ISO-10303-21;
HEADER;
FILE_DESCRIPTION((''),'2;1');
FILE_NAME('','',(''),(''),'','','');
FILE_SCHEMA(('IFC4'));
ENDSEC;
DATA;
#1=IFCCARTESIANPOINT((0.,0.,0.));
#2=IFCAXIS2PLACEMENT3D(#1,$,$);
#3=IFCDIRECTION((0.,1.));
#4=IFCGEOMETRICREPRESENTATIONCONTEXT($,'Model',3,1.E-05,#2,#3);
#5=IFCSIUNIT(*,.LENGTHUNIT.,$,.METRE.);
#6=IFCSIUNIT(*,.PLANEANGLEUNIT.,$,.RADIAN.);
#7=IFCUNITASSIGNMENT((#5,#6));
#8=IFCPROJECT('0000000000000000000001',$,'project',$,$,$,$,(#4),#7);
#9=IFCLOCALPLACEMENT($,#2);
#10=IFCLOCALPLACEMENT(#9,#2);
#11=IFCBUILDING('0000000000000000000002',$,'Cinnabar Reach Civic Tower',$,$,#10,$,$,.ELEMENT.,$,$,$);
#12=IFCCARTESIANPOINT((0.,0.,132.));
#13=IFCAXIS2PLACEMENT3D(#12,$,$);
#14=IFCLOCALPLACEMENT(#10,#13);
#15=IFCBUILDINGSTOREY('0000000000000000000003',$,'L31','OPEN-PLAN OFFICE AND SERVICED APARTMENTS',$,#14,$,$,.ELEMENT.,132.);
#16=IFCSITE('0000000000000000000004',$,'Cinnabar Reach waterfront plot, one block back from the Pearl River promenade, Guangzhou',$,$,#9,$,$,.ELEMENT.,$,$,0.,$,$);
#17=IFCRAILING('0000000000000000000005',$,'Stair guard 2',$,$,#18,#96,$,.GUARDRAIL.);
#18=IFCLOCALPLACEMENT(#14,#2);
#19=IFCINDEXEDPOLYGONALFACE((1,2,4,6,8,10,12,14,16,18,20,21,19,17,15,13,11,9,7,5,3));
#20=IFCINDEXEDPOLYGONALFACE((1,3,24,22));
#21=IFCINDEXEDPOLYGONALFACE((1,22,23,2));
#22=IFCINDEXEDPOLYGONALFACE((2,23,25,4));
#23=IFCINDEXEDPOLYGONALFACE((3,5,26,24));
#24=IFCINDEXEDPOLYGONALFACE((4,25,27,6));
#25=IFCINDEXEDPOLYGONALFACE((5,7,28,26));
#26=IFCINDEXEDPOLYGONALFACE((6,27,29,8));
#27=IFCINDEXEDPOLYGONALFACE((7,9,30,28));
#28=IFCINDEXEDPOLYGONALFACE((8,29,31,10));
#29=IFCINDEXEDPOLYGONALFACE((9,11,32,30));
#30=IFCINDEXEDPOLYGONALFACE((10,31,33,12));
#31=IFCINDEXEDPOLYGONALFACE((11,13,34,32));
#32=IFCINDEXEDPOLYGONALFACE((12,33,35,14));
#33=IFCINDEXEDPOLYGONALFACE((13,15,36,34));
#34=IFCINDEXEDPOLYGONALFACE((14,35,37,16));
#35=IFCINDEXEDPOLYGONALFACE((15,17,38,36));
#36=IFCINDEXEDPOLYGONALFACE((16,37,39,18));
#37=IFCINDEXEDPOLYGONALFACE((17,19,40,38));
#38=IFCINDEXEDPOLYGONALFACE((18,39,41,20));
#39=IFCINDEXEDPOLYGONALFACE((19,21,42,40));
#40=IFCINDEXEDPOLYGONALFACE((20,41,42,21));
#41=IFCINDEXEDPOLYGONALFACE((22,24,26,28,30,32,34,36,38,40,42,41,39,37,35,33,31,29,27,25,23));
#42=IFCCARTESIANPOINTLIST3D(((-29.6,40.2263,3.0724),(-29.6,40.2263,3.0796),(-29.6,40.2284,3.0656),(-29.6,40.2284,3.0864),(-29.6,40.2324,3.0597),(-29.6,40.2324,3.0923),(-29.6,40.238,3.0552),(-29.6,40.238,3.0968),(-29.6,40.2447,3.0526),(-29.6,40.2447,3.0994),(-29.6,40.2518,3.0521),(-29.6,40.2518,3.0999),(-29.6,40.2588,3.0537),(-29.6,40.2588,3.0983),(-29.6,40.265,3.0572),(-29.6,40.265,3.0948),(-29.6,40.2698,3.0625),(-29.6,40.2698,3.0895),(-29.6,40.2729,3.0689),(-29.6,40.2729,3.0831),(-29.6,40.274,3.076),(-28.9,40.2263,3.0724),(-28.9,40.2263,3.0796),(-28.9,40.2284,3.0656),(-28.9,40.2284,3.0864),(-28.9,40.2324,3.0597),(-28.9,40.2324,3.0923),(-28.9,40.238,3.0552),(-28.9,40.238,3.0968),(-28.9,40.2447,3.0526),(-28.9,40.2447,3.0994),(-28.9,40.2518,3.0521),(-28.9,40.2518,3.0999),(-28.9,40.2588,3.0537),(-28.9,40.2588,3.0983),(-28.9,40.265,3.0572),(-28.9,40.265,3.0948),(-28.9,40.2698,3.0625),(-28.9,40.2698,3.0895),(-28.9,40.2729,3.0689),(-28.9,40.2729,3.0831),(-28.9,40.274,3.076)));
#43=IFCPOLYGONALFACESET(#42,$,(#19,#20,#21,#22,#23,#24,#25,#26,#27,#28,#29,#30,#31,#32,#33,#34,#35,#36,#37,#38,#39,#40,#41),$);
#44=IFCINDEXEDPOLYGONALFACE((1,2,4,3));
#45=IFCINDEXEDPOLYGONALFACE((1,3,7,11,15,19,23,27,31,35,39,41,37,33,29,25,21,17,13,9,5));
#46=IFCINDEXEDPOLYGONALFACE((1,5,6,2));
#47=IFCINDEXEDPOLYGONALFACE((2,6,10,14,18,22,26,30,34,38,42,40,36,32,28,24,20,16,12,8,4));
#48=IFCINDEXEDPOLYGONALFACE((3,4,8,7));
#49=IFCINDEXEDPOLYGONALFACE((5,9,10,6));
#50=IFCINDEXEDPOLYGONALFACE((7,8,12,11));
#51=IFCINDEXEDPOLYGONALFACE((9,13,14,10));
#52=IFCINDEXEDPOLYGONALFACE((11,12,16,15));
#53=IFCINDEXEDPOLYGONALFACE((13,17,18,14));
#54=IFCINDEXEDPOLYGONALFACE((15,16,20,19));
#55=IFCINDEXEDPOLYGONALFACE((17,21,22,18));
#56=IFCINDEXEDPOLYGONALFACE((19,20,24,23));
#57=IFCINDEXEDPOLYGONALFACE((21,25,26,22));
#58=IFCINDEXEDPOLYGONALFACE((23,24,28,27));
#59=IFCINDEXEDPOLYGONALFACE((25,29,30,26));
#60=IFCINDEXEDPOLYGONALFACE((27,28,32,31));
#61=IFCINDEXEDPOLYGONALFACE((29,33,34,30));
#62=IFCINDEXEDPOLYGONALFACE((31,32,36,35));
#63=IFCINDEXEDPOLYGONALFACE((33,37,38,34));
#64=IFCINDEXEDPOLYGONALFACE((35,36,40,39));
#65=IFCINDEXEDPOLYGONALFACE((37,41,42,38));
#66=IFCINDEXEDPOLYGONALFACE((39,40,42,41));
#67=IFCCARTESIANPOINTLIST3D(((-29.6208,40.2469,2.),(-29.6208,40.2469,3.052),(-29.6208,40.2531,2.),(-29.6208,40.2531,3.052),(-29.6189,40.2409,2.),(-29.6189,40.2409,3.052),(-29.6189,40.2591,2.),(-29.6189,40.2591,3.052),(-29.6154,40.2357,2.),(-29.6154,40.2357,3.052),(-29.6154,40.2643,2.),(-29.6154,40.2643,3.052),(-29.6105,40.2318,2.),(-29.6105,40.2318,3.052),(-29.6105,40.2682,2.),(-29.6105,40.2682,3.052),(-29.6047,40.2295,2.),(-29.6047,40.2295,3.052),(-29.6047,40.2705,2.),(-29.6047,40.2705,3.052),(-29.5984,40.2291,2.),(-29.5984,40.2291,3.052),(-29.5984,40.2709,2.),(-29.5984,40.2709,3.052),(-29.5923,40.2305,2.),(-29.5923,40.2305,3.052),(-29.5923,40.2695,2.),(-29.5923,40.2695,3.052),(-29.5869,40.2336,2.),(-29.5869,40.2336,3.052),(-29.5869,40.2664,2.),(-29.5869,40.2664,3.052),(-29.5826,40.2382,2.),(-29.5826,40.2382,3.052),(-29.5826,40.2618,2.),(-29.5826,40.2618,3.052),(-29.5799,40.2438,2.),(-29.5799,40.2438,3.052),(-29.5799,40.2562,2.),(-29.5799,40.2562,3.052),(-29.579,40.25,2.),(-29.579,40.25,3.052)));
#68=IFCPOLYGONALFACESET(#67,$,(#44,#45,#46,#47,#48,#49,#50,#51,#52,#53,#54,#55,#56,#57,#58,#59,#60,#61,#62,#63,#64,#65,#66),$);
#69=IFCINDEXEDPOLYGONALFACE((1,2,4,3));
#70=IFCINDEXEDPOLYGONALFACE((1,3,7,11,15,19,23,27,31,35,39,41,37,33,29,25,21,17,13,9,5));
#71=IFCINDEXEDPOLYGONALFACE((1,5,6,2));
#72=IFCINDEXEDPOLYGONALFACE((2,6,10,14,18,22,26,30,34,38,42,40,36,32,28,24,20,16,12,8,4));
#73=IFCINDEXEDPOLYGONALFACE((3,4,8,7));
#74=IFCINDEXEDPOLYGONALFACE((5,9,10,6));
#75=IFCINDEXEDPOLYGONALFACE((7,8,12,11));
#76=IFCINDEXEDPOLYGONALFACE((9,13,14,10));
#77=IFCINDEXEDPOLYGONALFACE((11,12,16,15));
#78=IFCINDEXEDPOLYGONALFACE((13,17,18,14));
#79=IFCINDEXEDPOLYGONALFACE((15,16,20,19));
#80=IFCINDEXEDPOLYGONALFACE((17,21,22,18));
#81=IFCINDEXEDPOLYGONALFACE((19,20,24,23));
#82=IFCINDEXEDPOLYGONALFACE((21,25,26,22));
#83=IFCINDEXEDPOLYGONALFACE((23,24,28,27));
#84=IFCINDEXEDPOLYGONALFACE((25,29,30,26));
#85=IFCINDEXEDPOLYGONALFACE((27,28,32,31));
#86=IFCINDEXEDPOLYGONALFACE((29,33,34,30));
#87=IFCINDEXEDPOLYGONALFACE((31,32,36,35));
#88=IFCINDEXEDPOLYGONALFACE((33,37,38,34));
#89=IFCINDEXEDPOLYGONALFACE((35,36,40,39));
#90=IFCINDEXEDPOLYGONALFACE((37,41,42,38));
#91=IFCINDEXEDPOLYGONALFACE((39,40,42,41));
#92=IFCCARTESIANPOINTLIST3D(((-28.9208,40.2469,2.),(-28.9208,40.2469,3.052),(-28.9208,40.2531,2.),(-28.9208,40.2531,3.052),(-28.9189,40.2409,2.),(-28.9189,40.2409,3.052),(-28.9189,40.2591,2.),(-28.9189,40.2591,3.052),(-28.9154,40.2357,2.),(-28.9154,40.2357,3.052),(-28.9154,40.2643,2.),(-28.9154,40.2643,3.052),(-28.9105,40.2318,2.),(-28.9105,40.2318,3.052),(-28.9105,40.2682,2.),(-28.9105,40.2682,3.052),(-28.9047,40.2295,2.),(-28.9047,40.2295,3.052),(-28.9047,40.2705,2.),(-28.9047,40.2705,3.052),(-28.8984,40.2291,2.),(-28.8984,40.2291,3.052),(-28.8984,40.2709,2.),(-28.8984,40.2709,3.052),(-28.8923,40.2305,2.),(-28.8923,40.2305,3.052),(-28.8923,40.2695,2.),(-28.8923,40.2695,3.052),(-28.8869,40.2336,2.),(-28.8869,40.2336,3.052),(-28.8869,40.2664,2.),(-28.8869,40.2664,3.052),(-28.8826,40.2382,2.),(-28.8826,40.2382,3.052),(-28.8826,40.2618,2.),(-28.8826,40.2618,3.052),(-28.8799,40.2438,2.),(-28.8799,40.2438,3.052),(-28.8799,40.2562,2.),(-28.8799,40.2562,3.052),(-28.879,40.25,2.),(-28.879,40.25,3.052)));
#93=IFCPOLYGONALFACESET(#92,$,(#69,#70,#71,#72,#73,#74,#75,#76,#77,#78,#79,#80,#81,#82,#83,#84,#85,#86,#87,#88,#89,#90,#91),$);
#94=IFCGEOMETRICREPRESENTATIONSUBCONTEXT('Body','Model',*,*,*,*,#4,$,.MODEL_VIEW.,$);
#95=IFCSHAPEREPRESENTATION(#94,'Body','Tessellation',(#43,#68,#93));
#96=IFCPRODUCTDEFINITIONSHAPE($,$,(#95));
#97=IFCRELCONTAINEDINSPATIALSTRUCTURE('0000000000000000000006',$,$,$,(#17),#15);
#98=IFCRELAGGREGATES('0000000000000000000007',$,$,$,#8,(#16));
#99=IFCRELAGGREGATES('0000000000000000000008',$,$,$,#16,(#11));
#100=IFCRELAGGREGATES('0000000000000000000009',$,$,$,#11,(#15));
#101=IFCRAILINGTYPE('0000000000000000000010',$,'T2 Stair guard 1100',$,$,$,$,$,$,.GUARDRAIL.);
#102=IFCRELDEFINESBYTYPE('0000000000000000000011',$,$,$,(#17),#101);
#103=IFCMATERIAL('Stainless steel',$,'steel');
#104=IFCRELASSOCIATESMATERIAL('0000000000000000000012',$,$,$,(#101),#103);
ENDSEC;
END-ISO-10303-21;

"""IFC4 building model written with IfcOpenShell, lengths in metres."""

from ifc_helpers import new_model, si_unit, direction, frame, origin, origin_2d, place, context, subcontext, project, spatial, circle, extrude, material, type_object, element, save


model = new_model("IFC4")

# Units and contexts
model_context = context("Model", 3, precision=1e-05, world=origin(), true_north=direction((0.0, 1.0)))
body_context = subcontext(model_context, "Body", "Model", "MODEL_VIEW")
ifc_project = project(units=[si_unit("LENGTHUNIT", "METRE"), si_unit("PLANEANGLEUNIT", "RADIAN")], contexts=[model_context])

# Site, building, storey
site_placement = place(None, origin())
site = spatial("IfcSite", under=ifc_project, at=site_placement, Name="Cinnabar Reach waterfront plot, one block back from the Pearl River promenade, Guangzhou", CompositionType="ELEMENT", RefElevation=0.0)
building_placement = place(site_placement, origin())
building = spatial("IfcBuilding", under=site, at=building_placement, Name="Cinnabar Reach Civic Tower", CompositionType="ELEMENT")
storey_placement = place(building_placement, frame((0.0, 0.0, 132.0)))
storey = spatial("IfcBuildingStorey", under=building, at=storey_placement, Name="L31", Description="OPEN-PLAN OFFICE AND SERVICED APARTMENTS", CompositionType="ELEMENT", Elevation=132.0)

# Railing
ifc_material_1 = material(Name="Stainless steel", Category="steel")
railing_type = type_object("IfcRailingType", Name="T2 Stair guard 1100", PredefinedType="GUARDRAIL", material=ifc_material_1)
railing_1_placement = place(storey_placement, frame((-29.6, 40.25, 2.0)))
element("IfcRailing", 1, at=railing_1_placement, inside=storey, type_object=railing_type, Name="Stair guard 2", PredefinedType="GUARDRAIL", context=body_context, shape_type="SweptSolid", body=[
    extrude(circle(Radius=0.024, at=origin_2d()), frame((0.0, 0.0, 1.076), z_axis=(1.0, 0.0, 0.0), x_axis=(0.0, 1.0, 0.0)), (0.0, 0.0, 1.0), 0.7),
    extrude(circle(Radius=0.021, at=origin_2d()), origin(), (0.0, 0.0, 1.0), 1.052),
    extrude(circle(Radius=0.021, at=origin_2d()), frame((0.7, 0.0, 0.0)), (0.0, 0.0, 1.0), 1.052),
])

save(model, "model.ifc")
